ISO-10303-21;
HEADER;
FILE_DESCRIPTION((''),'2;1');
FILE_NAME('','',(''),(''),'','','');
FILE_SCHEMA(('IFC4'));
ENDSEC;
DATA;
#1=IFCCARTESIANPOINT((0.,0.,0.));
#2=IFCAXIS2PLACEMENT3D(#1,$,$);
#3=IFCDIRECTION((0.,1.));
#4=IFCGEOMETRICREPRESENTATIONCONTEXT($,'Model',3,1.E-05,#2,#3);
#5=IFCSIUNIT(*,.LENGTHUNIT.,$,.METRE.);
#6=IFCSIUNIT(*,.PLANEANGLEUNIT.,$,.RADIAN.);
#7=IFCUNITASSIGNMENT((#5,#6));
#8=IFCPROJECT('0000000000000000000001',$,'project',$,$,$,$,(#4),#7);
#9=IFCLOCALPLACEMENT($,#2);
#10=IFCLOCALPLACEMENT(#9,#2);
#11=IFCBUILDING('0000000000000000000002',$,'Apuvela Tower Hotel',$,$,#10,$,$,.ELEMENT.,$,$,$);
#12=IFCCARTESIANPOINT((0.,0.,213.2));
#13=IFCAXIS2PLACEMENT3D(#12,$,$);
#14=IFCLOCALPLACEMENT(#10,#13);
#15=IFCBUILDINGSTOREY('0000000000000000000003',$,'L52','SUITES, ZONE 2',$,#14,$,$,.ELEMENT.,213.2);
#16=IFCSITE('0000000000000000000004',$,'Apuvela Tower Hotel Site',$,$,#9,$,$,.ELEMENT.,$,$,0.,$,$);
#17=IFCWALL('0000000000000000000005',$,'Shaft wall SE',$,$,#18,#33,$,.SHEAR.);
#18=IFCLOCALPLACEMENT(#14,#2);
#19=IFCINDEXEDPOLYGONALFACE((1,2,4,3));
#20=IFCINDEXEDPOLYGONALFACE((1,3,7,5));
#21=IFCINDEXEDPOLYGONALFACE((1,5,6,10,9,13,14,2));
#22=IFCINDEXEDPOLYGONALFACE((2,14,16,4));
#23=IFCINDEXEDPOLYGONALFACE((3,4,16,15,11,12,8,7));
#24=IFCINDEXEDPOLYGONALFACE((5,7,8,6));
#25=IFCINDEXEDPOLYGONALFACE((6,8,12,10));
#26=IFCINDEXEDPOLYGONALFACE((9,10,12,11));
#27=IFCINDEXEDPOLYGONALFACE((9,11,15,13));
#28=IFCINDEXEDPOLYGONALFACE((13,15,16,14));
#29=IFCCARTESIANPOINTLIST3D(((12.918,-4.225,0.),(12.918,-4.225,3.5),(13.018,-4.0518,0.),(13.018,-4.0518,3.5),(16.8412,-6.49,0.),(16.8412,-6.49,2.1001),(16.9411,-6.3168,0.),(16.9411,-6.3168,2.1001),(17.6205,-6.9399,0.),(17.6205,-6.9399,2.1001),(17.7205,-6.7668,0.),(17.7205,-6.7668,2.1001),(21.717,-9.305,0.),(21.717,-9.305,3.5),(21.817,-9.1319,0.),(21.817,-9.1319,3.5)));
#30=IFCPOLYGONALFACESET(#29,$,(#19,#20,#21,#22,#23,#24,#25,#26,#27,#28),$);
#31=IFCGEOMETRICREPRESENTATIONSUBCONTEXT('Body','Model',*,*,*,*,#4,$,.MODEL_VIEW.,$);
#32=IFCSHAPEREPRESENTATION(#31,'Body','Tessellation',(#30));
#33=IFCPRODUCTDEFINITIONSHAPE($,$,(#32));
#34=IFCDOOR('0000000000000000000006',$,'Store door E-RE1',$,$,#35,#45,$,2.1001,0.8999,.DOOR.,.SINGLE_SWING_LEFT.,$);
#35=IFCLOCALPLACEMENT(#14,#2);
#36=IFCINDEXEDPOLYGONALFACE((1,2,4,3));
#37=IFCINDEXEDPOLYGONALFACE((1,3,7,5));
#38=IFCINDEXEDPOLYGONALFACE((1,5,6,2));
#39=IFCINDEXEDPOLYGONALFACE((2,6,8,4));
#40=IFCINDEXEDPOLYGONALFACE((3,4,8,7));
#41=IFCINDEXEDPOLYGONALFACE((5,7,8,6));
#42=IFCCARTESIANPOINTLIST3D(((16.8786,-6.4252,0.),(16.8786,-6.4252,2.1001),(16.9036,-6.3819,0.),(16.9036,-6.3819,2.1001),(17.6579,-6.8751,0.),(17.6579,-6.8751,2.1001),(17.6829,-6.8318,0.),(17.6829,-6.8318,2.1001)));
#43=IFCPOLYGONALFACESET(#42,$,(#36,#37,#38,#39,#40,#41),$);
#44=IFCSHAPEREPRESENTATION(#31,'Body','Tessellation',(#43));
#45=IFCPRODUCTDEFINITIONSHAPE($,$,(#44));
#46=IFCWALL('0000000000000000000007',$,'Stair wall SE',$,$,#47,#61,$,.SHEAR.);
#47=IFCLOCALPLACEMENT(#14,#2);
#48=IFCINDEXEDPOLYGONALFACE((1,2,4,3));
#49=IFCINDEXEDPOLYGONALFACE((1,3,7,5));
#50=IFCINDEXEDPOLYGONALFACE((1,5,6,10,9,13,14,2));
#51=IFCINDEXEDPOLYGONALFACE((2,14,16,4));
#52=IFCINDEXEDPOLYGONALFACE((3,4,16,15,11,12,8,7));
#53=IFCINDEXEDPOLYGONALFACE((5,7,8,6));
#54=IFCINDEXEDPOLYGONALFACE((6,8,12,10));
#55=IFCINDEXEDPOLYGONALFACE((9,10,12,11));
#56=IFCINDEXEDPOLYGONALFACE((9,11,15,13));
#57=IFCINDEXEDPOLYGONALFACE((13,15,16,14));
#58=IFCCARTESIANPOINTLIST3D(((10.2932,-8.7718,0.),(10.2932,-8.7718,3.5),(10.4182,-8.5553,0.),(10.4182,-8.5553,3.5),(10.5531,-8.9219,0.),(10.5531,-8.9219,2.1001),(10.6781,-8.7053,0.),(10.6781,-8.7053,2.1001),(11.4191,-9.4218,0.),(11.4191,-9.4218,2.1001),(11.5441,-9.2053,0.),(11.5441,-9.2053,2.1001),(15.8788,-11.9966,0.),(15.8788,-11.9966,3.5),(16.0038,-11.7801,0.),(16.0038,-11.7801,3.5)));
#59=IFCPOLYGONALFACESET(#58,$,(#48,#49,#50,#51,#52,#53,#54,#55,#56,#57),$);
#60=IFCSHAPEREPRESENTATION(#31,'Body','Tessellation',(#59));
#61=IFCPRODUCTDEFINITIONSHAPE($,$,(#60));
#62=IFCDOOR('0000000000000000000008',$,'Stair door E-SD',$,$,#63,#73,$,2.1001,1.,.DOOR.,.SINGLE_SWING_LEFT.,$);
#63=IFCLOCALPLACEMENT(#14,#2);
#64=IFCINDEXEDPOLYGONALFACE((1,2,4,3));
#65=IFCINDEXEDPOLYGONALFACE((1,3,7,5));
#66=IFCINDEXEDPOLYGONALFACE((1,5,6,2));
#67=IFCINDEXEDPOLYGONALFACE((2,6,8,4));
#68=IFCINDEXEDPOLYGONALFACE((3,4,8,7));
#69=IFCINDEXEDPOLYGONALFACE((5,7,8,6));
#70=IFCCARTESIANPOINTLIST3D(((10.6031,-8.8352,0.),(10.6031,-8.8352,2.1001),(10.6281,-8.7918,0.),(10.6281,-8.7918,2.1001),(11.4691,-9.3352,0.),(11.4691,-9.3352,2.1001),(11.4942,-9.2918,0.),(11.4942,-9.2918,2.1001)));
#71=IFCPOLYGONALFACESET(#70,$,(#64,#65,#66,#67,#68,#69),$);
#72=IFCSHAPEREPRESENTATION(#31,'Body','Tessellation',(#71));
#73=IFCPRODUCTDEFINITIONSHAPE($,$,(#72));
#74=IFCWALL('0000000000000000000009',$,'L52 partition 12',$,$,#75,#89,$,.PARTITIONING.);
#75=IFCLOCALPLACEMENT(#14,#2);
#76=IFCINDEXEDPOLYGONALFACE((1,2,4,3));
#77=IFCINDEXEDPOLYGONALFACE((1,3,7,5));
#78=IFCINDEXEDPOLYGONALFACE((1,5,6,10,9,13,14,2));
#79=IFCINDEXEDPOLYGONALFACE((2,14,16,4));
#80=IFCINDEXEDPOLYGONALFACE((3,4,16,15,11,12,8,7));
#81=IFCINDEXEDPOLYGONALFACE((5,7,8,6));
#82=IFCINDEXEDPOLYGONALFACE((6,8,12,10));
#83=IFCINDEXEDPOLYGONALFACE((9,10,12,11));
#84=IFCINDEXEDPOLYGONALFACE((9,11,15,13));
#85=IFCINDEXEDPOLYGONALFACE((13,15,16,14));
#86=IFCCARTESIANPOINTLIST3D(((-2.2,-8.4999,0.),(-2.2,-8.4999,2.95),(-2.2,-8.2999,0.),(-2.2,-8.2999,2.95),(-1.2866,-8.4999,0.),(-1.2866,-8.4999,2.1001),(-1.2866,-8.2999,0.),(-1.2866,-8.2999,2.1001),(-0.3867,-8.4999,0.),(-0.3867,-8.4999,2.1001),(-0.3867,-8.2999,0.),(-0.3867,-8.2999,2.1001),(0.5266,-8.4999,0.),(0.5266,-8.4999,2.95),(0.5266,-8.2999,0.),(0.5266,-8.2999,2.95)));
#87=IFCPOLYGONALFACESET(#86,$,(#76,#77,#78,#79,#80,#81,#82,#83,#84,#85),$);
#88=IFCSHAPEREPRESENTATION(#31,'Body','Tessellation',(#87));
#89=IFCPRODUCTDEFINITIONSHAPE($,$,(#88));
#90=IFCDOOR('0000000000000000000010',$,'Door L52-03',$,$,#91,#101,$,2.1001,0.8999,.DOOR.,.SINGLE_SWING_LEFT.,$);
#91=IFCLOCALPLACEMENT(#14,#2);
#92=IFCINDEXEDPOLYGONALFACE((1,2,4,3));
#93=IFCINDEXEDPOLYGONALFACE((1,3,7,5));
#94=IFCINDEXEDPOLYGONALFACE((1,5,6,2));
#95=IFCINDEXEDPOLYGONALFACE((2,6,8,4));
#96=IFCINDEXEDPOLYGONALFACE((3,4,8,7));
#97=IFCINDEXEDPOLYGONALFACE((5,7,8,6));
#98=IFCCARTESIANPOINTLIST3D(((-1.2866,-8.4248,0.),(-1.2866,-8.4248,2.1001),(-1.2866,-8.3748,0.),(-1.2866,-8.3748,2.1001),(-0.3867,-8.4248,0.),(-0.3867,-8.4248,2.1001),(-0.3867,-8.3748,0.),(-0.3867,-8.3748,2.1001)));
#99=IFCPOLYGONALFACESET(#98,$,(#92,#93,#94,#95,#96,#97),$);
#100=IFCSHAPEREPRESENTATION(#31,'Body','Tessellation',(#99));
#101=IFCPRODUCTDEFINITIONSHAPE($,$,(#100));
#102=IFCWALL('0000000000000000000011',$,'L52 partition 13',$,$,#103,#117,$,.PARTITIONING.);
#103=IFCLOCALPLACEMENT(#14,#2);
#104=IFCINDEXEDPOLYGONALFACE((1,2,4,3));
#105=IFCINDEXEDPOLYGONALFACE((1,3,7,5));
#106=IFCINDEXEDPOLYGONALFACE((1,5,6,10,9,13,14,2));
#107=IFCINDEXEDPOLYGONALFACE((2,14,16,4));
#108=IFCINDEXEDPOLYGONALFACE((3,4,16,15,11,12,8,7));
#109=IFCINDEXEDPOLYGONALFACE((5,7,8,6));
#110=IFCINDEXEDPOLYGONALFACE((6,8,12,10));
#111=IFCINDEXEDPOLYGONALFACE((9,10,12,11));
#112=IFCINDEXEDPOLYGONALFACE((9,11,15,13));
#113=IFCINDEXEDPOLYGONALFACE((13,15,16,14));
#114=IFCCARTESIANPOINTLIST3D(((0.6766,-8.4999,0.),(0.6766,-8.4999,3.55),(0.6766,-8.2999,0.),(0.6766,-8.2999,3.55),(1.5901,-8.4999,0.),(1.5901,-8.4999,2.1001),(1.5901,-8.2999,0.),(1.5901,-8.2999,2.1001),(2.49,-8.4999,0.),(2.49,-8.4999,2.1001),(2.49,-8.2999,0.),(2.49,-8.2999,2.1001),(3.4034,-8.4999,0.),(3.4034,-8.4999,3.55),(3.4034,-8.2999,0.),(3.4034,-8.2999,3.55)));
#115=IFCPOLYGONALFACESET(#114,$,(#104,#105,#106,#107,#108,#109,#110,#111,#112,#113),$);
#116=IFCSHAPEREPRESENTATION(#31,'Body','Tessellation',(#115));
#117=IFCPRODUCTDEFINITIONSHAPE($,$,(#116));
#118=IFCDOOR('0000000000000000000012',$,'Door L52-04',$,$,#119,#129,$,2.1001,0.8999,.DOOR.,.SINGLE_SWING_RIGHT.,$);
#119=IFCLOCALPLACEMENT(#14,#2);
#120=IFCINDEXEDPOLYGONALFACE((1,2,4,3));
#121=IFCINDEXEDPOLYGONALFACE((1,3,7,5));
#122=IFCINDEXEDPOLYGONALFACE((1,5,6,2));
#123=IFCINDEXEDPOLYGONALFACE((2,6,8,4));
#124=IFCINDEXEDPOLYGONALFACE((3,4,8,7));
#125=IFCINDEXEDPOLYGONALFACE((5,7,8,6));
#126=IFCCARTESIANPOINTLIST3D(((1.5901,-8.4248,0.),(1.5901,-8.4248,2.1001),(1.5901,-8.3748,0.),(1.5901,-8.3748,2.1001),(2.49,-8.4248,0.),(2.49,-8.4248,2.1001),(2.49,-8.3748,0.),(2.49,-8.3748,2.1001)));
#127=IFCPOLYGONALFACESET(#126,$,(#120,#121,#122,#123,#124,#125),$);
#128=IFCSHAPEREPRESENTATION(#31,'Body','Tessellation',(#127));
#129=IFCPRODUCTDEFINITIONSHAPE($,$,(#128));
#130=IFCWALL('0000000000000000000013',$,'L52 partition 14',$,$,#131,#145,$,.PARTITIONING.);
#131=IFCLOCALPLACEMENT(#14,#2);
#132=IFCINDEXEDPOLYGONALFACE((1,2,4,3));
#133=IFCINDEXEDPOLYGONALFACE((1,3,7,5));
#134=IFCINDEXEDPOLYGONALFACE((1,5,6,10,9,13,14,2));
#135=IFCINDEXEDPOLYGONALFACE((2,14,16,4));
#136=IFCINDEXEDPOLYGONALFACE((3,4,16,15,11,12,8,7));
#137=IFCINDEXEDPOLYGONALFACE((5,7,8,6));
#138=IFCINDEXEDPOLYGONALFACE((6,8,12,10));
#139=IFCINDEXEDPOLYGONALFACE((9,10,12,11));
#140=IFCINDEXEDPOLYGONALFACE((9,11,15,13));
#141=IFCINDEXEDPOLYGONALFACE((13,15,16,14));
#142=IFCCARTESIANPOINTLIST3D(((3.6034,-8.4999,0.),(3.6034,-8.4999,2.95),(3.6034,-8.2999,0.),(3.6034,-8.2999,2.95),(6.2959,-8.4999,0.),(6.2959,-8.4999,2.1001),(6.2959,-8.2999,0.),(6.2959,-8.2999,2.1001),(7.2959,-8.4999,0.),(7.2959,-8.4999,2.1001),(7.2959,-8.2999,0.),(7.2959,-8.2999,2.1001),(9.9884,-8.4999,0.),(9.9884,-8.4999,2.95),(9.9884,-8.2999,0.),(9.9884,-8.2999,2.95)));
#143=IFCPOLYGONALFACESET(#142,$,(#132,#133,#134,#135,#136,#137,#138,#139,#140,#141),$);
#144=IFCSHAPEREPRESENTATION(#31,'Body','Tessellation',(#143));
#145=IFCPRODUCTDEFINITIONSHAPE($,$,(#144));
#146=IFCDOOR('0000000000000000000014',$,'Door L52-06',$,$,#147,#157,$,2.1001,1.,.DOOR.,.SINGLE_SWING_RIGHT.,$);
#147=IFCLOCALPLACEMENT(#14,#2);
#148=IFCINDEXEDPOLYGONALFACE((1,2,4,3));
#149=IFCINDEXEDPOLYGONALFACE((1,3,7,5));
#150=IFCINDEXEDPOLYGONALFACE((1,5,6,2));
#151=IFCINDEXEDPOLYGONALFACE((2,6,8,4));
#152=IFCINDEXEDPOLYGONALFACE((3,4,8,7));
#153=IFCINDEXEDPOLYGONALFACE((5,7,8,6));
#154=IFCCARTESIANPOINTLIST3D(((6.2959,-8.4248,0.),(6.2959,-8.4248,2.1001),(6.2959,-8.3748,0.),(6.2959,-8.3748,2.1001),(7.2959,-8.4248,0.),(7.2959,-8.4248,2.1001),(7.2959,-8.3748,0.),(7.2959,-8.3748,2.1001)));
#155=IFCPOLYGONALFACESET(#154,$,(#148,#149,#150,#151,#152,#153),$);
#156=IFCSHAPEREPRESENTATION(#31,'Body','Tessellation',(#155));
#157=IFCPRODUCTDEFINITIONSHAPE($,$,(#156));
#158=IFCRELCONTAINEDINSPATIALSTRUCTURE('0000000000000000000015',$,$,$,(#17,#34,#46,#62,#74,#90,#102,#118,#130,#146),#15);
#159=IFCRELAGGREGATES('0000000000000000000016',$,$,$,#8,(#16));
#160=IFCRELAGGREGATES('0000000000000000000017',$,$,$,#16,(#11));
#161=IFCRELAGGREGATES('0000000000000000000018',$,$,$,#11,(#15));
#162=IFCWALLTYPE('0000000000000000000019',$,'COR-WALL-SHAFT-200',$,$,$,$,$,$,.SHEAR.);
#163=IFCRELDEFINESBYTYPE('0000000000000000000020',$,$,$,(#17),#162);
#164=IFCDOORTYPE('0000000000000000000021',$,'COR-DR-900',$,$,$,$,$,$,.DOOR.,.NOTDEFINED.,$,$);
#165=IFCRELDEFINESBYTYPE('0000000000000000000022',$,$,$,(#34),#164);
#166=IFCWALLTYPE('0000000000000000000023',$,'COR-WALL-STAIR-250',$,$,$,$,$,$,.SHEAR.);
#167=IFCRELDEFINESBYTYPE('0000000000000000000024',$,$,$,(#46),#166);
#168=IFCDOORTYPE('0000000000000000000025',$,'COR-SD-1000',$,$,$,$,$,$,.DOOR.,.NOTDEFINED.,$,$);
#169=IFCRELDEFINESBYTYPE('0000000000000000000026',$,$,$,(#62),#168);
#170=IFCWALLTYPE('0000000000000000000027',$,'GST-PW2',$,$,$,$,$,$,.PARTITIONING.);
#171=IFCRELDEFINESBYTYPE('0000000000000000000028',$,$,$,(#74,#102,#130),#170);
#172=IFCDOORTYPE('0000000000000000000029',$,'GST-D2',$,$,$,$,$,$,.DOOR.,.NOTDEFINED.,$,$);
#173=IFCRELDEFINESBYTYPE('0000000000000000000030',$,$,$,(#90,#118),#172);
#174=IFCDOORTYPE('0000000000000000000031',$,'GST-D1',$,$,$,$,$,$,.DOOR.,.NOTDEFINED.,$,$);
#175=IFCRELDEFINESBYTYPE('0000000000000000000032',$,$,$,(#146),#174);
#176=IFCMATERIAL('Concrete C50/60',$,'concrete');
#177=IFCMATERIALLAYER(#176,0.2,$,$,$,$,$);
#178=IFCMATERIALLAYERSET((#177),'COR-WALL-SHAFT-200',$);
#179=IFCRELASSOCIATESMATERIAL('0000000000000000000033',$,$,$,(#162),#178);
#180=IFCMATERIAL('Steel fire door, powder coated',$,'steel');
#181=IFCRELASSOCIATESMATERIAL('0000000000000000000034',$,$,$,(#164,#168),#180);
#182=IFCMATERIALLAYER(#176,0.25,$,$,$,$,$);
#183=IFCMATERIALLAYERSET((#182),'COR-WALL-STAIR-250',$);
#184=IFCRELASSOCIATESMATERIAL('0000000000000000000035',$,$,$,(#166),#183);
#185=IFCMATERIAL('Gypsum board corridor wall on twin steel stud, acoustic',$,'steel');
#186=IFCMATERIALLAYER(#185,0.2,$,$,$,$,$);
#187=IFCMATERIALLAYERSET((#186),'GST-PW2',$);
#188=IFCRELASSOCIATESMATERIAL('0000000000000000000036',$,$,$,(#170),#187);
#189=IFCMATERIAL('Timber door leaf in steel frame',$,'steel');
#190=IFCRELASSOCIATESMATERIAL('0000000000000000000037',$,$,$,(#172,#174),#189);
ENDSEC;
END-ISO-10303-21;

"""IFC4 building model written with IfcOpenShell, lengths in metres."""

from ifc_helpers import new_model, si_unit, direction, frame, frame_2d, origin, place, context, subcontext, project, spatial, rectangle, extrude, material, layer, layer_set, type_object, element, fill, save


model = new_model("IFC4")

# Units and contexts
model_context = context("Model", 3, precision=1e-05, world=origin(), true_north=direction((0.0, 1.0)))
body_context = subcontext(model_context, "Body", "Model", "MODEL_VIEW")
ifc_project = project(units=[si_unit("LENGTHUNIT", "METRE"), si_unit("PLANEANGLEUNIT", "RADIAN")], contexts=[model_context])

# Site, building, storey
site_placement = place(None, origin())
site = spatial("IfcSite", under=ifc_project, at=site_placement, Name="Apuvela Tower Hotel Site", CompositionType="ELEMENT", RefElevation=0.0)
building_placement = place(site_placement, origin())
building = spatial("IfcBuilding", under=site, at=building_placement, Name="Apuvela Tower Hotel", CompositionType="ELEMENT")
storey_placement = place(building_placement, frame((0.0, 0.0, 213.2)))
storey = spatial("IfcBuildingStorey", under=building, at=storey_placement, Name="L52", Description="SUITES, ZONE 2", CompositionType="ELEMENT", Elevation=213.2)

# Shared definitions
ifc_material_1 = material(Name="Concrete C50/60", Category="concrete")
ifc_material_2 = material(Name="Steel fire door, powder coated", Category="steel")

# Shared definitions
ifc_layer_1 = layer(ifc_material_1, 0.2)
ifc_layer_set_1 = layer_set([ifc_layer_1], Name="COR-WALL-SHAFT-200")
wall_type_1 = type_object("IfcWallType", Name="COR-WALL-SHAFT-200", PredefinedType="SHEAR", material=ifc_layer_set_1)

# Walls, openings, doors
wall_1_placement = place(storey_placement, frame((12.968, -4.1384, 0.0), z_axis=(0.0, 0.0, 1.0), x_axis=(0.866028, -0.499995, 0.0)))
wall_1 = element("IfcWall", 1, at=wall_1_placement, inside=storey, type_object=wall_type_1, Name="Shaft wall SE", PredefinedType="SHEAR", context=body_context, shape_type="SweptSolid", body=[
    extrude(rectangle(XDim=10.1602, YDim=0.2, at=frame_2d((5.0801, 0.0))), origin(), (0.0, 0.0, 1.0), 3.5),
])
opening_1_placement = place(wall_1_placement, frame((4.53, 0.0, 0.0)))
opening_1 = element("IfcOpeningElement", 2, at=opening_1_placement, cuts=wall_1, PredefinedType="OPENING", context=body_context, shape_type="SweptSolid", body=[
    extrude(rectangle(XDim=0.8999, YDim=2.1001, at=frame_2d((0.45, 1.05))), frame((0.0, 0.1099, 0.0), z_axis=(0.0, -1.0, 0.0), x_axis=(1.0, 0.0, 0.0)), (0.0, 0.0, 1.0), 0.22),
])
door_type_1 = type_object("IfcDoorType", Name="COR-DR-900", OperationType="NOTDEFINED", PredefinedType="DOOR", material=ifc_material_2)
door_1_placement = place(opening_1_placement, origin())
door_1 = element("IfcDoor", 3, at=door_1_placement, inside=storey, type_object=door_type_1, Name="Store door E-RE1", OperationType="SINGLE_SWING_LEFT", OverallHeight=2.1001, OverallWidth=0.8999, PredefinedType="DOOR", context=body_context, shape_type="SweptSolid", body=[
    extrude(rectangle(XDim=0.8999, YDim=2.1001, at=frame_2d((0.45, 1.05))), frame((0.0, 0.0249, 0.0), z_axis=(0.0, -1.0, 0.0), x_axis=(1.0, 0.0, 0.0)), (0.0, 0.0, 1.0), 0.05),
])
fill(opening_1, door_1)
ifc_layer_2 = layer(ifc_material_1, 0.25)
ifc_layer_set_2 = layer_set([ifc_layer_2], Name="COR-WALL-STAIR-250")
wall_type_2 = type_object("IfcWallType", Name="COR-WALL-STAIR-250", PredefinedType="SHEAR", material=ifc_layer_set_2)
wall_2_placement = place(storey_placement, frame((10.3557, -8.6636, 0.0), z_axis=(0.0, 0.0, 1.0), x_axis=(0.866029, -0.499994, 0.0)))
wall_2 = element("IfcWall", 4, at=wall_2_placement, inside=storey, type_object=wall_type_2, Name="Stair wall SE", PredefinedType="SHEAR", context=body_context, shape_type="SweptSolid", body=[
    extrude(rectangle(XDim=6.4497, YDim=0.25, at=frame_2d((3.2249, 0.0))), origin(), (0.0, 0.0, 1.0), 3.5),
])
opening_2_placement = place(wall_2_placement, frame((0.3, 0.0, 0.0)))
opening_2 = element("IfcOpeningElement", 5, at=opening_2_placement, cuts=wall_2, PredefinedType="OPENING", context=body_context, shape_type="SweptSolid", body=[
    extrude(rectangle(XDim=1.0, YDim=2.1001, at=frame_2d((0.5, 1.05))), frame((0.0, 0.135, 0.0), z_axis=(0.0, -1.0, 0.0), x_axis=(1.0, 0.0, 0.0)), (0.0, 0.0, 1.0), 0.27),
])
door_type_2 = type_object("IfcDoorType", Name="COR-SD-1000", OperationType="NOTDEFINED", PredefinedType="DOOR", material=ifc_material_2)
door_2_placement = place(opening_2_placement, frame((1.0, 0.0, 0.0), z_axis=(0.0, 0.0, 1.0), x_axis=(-1.0, 0.0, 0.0)))
door_2 = element("IfcDoor", 6, at=door_2_placement, inside=storey, type_object=door_type_2, Name="Stair door E-SD", OperationType="SINGLE_SWING_LEFT", OverallHeight=2.1001, OverallWidth=1.0, PredefinedType="DOOR", context=body_context, shape_type="SweptSolid", body=[
    extrude(rectangle(XDim=1.0, YDim=2.1001, at=frame_2d((0.5, 1.05))), frame((0.0, 0.0249, 0.0), z_axis=(0.0, -1.0, 0.0), x_axis=(1.0, 0.0, 0.0)), (0.0, 0.0, 1.0), 0.05),
])
fill(opening_2, door_2)
ifc_material_3 = material(Name="Gypsum board corridor wall on twin steel stud, acoustic", Category="steel")
ifc_layer_3 = layer(ifc_material_3, 0.2)
ifc_layer_set_3 = layer_set([ifc_layer_3], Name="GST-PW2")
wall_type_3 = type_object("IfcWallType", Name="GST-PW2", PredefinedType="PARTITIONING", material=ifc_layer_set_3)
wall_3_placement = place(storey_placement, frame((0.5266, -8.3999, 0.0), z_axis=(0.0, 0.0, 1.0), x_axis=(-1.0, 0.0, 0.0)))
wall_3 = element("IfcWall", 7, at=wall_3_placement, inside=storey, type_object=wall_type_3, Name="L52 partition 12", PredefinedType="PARTITIONING", context=body_context, shape_type="SweptSolid", body=[
    extrude(rectangle(XDim=2.7266, YDim=0.2, at=frame_2d((1.3633, 0.0))), origin(), (0.0, 0.0, 1.0), 2.95),
])
opening_3_placement = place(wall_3_placement, frame((0.9133, 0.0, 0.0)))
opening_3 = element("IfcOpeningElement", 8, at=opening_3_placement, cuts=wall_3, PredefinedType="OPENING", context=body_context, shape_type="SweptSolid", body=[
    extrude(rectangle(XDim=0.8999, YDim=2.1001, at=frame_2d((0.45, 1.05))), frame((0.0, 0.1099, 0.0), z_axis=(0.0, -1.0, 0.0), x_axis=(1.0, 0.0, 0.0)), (0.0, 0.0, 1.0), 0.22),
])
ifc_material_4 = material(Name="Timber door leaf in steel frame", Category="steel")
door_type_3 = type_object("IfcDoorType", Name="GST-D2", OperationType="NOTDEFINED", PredefinedType="DOOR", material=ifc_material_4)
door_3_placement = place(opening_3_placement, origin())
door_3 = element("IfcDoor", 9, at=door_3_placement, inside=storey, type_object=door_type_3, Name="Door L52-03", OperationType="SINGLE_SWING_LEFT", OverallHeight=2.1001, OverallWidth=0.8999, PredefinedType="DOOR", context=body_context, shape_type="SweptSolid", body=[
    extrude(rectangle(XDim=0.8999, YDim=2.1001, at=frame_2d((0.45, 1.05))), frame((0.0, 0.0249, 0.0), z_axis=(0.0, -1.0, 0.0), x_axis=(1.0, 0.0, 0.0)), (0.0, 0.0, 1.0), 0.05),
])
fill(opening_3, door_3)
wall_4_placement = place(storey_placement, frame((3.4033, -8.3999, 0.0), z_axis=(0.0, 0.0, 1.0), x_axis=(-1.0, 0.0, 0.0)))
wall_4 = element("IfcWall", 10, at=wall_4_placement, inside=storey, type_object=wall_type_3, Name="L52 partition 13", PredefinedType="PARTITIONING", context=body_context, shape_type="SweptSolid", body=[
    extrude(rectangle(XDim=2.7268, YDim=0.2, at=frame_2d((1.3633, 0.0))), origin(), (0.0, 0.0, 1.0), 3.55),
])
opening_4_placement = place(wall_4_placement, frame((0.9133, 0.0, 0.0)))
opening_4 = element("IfcOpeningElement", 11, at=opening_4_placement, cuts=wall_4, PredefinedType="OPENING", context=body_context, shape_type="SweptSolid", body=[
    extrude(rectangle(XDim=0.8999, YDim=2.1001, at=frame_2d((0.45, 1.05))), frame((0.0, 0.1099, 0.0), z_axis=(0.0, -1.0, 0.0), x_axis=(1.0, 0.0, 0.0)), (0.0, 0.0, 1.0), 0.22),
])
door_4_placement = place(opening_4_placement, origin())
door_4 = element("IfcDoor", 12, at=door_4_placement, inside=storey, type_object=door_type_3, Name="Door L52-04", OperationType="SINGLE_SWING_RIGHT", OverallHeight=2.1001, OverallWidth=0.8999, PredefinedType="DOOR", context=body_context, shape_type="SweptSolid", body=[
    extrude(rectangle(XDim=0.8999, YDim=2.1001, at=frame_2d((0.45, 1.05))), frame((0.0, 0.0249, 0.0), z_axis=(0.0, -1.0, 0.0), x_axis=(1.0, 0.0, 0.0)), (0.0, 0.0, 1.0), 0.05),
])
fill(opening_4, door_4)
wall_5_placement = place(storey_placement, frame((9.9883, -8.3999, 0.0), z_axis=(0.0, 0.0, 1.0), x_axis=(-1.0, 0.0, 0.0)))
wall_5 = element("IfcWall", 13, at=wall_5_placement, inside=storey, type_object=wall_type_3, Name="L52 partition 14", PredefinedType="PARTITIONING", context=body_context, shape_type="SweptSolid", body=[
    extrude(rectangle(XDim=6.385, YDim=0.2, at=frame_2d((3.1924, 0.0))), origin(), (0.0, 0.0, 1.0), 2.95),
])
opening_5_placement = place(wall_5_placement, frame((2.6924, 0.0, 0.0)))
opening_5 = element("IfcOpeningElement", 14, at=opening_5_placement, cuts=wall_5, PredefinedType="OPENING", context=body_context, shape_type="SweptSolid", body=[
    extrude(rectangle(XDim=1.0, YDim=2.1001, at=frame_2d((0.5, 1.05))), frame((0.0, 0.1099, 0.0), z_axis=(0.0, -1.0, 0.0), x_axis=(1.0, 0.0, 0.0)), (0.0, 0.0, 1.0), 0.22),
])
door_type_4 = type_object("IfcDoorType", Name="GST-D1", OperationType="NOTDEFINED", PredefinedType="DOOR", material=ifc_material_4)
door_5_placement = place(opening_5_placement, origin())
door_5 = element("IfcDoor", 15, at=door_5_placement, inside=storey, type_object=door_type_4, Name="Door L52-06", OperationType="SINGLE_SWING_RIGHT", OverallHeight=2.1001, OverallWidth=1.0, PredefinedType="DOOR", context=body_context, shape_type="SweptSolid", body=[
    extrude(rectangle(XDim=1.0, YDim=2.1001, at=frame_2d((0.5, 1.05))), frame((0.0, 0.0249, 0.0), z_axis=(0.0, -1.0, 0.0), x_axis=(1.0, 0.0, 0.0)), (0.0, 0.0, 1.0), 0.05),
])
fill(opening_5, door_5)

save(model, "model.ifc")
